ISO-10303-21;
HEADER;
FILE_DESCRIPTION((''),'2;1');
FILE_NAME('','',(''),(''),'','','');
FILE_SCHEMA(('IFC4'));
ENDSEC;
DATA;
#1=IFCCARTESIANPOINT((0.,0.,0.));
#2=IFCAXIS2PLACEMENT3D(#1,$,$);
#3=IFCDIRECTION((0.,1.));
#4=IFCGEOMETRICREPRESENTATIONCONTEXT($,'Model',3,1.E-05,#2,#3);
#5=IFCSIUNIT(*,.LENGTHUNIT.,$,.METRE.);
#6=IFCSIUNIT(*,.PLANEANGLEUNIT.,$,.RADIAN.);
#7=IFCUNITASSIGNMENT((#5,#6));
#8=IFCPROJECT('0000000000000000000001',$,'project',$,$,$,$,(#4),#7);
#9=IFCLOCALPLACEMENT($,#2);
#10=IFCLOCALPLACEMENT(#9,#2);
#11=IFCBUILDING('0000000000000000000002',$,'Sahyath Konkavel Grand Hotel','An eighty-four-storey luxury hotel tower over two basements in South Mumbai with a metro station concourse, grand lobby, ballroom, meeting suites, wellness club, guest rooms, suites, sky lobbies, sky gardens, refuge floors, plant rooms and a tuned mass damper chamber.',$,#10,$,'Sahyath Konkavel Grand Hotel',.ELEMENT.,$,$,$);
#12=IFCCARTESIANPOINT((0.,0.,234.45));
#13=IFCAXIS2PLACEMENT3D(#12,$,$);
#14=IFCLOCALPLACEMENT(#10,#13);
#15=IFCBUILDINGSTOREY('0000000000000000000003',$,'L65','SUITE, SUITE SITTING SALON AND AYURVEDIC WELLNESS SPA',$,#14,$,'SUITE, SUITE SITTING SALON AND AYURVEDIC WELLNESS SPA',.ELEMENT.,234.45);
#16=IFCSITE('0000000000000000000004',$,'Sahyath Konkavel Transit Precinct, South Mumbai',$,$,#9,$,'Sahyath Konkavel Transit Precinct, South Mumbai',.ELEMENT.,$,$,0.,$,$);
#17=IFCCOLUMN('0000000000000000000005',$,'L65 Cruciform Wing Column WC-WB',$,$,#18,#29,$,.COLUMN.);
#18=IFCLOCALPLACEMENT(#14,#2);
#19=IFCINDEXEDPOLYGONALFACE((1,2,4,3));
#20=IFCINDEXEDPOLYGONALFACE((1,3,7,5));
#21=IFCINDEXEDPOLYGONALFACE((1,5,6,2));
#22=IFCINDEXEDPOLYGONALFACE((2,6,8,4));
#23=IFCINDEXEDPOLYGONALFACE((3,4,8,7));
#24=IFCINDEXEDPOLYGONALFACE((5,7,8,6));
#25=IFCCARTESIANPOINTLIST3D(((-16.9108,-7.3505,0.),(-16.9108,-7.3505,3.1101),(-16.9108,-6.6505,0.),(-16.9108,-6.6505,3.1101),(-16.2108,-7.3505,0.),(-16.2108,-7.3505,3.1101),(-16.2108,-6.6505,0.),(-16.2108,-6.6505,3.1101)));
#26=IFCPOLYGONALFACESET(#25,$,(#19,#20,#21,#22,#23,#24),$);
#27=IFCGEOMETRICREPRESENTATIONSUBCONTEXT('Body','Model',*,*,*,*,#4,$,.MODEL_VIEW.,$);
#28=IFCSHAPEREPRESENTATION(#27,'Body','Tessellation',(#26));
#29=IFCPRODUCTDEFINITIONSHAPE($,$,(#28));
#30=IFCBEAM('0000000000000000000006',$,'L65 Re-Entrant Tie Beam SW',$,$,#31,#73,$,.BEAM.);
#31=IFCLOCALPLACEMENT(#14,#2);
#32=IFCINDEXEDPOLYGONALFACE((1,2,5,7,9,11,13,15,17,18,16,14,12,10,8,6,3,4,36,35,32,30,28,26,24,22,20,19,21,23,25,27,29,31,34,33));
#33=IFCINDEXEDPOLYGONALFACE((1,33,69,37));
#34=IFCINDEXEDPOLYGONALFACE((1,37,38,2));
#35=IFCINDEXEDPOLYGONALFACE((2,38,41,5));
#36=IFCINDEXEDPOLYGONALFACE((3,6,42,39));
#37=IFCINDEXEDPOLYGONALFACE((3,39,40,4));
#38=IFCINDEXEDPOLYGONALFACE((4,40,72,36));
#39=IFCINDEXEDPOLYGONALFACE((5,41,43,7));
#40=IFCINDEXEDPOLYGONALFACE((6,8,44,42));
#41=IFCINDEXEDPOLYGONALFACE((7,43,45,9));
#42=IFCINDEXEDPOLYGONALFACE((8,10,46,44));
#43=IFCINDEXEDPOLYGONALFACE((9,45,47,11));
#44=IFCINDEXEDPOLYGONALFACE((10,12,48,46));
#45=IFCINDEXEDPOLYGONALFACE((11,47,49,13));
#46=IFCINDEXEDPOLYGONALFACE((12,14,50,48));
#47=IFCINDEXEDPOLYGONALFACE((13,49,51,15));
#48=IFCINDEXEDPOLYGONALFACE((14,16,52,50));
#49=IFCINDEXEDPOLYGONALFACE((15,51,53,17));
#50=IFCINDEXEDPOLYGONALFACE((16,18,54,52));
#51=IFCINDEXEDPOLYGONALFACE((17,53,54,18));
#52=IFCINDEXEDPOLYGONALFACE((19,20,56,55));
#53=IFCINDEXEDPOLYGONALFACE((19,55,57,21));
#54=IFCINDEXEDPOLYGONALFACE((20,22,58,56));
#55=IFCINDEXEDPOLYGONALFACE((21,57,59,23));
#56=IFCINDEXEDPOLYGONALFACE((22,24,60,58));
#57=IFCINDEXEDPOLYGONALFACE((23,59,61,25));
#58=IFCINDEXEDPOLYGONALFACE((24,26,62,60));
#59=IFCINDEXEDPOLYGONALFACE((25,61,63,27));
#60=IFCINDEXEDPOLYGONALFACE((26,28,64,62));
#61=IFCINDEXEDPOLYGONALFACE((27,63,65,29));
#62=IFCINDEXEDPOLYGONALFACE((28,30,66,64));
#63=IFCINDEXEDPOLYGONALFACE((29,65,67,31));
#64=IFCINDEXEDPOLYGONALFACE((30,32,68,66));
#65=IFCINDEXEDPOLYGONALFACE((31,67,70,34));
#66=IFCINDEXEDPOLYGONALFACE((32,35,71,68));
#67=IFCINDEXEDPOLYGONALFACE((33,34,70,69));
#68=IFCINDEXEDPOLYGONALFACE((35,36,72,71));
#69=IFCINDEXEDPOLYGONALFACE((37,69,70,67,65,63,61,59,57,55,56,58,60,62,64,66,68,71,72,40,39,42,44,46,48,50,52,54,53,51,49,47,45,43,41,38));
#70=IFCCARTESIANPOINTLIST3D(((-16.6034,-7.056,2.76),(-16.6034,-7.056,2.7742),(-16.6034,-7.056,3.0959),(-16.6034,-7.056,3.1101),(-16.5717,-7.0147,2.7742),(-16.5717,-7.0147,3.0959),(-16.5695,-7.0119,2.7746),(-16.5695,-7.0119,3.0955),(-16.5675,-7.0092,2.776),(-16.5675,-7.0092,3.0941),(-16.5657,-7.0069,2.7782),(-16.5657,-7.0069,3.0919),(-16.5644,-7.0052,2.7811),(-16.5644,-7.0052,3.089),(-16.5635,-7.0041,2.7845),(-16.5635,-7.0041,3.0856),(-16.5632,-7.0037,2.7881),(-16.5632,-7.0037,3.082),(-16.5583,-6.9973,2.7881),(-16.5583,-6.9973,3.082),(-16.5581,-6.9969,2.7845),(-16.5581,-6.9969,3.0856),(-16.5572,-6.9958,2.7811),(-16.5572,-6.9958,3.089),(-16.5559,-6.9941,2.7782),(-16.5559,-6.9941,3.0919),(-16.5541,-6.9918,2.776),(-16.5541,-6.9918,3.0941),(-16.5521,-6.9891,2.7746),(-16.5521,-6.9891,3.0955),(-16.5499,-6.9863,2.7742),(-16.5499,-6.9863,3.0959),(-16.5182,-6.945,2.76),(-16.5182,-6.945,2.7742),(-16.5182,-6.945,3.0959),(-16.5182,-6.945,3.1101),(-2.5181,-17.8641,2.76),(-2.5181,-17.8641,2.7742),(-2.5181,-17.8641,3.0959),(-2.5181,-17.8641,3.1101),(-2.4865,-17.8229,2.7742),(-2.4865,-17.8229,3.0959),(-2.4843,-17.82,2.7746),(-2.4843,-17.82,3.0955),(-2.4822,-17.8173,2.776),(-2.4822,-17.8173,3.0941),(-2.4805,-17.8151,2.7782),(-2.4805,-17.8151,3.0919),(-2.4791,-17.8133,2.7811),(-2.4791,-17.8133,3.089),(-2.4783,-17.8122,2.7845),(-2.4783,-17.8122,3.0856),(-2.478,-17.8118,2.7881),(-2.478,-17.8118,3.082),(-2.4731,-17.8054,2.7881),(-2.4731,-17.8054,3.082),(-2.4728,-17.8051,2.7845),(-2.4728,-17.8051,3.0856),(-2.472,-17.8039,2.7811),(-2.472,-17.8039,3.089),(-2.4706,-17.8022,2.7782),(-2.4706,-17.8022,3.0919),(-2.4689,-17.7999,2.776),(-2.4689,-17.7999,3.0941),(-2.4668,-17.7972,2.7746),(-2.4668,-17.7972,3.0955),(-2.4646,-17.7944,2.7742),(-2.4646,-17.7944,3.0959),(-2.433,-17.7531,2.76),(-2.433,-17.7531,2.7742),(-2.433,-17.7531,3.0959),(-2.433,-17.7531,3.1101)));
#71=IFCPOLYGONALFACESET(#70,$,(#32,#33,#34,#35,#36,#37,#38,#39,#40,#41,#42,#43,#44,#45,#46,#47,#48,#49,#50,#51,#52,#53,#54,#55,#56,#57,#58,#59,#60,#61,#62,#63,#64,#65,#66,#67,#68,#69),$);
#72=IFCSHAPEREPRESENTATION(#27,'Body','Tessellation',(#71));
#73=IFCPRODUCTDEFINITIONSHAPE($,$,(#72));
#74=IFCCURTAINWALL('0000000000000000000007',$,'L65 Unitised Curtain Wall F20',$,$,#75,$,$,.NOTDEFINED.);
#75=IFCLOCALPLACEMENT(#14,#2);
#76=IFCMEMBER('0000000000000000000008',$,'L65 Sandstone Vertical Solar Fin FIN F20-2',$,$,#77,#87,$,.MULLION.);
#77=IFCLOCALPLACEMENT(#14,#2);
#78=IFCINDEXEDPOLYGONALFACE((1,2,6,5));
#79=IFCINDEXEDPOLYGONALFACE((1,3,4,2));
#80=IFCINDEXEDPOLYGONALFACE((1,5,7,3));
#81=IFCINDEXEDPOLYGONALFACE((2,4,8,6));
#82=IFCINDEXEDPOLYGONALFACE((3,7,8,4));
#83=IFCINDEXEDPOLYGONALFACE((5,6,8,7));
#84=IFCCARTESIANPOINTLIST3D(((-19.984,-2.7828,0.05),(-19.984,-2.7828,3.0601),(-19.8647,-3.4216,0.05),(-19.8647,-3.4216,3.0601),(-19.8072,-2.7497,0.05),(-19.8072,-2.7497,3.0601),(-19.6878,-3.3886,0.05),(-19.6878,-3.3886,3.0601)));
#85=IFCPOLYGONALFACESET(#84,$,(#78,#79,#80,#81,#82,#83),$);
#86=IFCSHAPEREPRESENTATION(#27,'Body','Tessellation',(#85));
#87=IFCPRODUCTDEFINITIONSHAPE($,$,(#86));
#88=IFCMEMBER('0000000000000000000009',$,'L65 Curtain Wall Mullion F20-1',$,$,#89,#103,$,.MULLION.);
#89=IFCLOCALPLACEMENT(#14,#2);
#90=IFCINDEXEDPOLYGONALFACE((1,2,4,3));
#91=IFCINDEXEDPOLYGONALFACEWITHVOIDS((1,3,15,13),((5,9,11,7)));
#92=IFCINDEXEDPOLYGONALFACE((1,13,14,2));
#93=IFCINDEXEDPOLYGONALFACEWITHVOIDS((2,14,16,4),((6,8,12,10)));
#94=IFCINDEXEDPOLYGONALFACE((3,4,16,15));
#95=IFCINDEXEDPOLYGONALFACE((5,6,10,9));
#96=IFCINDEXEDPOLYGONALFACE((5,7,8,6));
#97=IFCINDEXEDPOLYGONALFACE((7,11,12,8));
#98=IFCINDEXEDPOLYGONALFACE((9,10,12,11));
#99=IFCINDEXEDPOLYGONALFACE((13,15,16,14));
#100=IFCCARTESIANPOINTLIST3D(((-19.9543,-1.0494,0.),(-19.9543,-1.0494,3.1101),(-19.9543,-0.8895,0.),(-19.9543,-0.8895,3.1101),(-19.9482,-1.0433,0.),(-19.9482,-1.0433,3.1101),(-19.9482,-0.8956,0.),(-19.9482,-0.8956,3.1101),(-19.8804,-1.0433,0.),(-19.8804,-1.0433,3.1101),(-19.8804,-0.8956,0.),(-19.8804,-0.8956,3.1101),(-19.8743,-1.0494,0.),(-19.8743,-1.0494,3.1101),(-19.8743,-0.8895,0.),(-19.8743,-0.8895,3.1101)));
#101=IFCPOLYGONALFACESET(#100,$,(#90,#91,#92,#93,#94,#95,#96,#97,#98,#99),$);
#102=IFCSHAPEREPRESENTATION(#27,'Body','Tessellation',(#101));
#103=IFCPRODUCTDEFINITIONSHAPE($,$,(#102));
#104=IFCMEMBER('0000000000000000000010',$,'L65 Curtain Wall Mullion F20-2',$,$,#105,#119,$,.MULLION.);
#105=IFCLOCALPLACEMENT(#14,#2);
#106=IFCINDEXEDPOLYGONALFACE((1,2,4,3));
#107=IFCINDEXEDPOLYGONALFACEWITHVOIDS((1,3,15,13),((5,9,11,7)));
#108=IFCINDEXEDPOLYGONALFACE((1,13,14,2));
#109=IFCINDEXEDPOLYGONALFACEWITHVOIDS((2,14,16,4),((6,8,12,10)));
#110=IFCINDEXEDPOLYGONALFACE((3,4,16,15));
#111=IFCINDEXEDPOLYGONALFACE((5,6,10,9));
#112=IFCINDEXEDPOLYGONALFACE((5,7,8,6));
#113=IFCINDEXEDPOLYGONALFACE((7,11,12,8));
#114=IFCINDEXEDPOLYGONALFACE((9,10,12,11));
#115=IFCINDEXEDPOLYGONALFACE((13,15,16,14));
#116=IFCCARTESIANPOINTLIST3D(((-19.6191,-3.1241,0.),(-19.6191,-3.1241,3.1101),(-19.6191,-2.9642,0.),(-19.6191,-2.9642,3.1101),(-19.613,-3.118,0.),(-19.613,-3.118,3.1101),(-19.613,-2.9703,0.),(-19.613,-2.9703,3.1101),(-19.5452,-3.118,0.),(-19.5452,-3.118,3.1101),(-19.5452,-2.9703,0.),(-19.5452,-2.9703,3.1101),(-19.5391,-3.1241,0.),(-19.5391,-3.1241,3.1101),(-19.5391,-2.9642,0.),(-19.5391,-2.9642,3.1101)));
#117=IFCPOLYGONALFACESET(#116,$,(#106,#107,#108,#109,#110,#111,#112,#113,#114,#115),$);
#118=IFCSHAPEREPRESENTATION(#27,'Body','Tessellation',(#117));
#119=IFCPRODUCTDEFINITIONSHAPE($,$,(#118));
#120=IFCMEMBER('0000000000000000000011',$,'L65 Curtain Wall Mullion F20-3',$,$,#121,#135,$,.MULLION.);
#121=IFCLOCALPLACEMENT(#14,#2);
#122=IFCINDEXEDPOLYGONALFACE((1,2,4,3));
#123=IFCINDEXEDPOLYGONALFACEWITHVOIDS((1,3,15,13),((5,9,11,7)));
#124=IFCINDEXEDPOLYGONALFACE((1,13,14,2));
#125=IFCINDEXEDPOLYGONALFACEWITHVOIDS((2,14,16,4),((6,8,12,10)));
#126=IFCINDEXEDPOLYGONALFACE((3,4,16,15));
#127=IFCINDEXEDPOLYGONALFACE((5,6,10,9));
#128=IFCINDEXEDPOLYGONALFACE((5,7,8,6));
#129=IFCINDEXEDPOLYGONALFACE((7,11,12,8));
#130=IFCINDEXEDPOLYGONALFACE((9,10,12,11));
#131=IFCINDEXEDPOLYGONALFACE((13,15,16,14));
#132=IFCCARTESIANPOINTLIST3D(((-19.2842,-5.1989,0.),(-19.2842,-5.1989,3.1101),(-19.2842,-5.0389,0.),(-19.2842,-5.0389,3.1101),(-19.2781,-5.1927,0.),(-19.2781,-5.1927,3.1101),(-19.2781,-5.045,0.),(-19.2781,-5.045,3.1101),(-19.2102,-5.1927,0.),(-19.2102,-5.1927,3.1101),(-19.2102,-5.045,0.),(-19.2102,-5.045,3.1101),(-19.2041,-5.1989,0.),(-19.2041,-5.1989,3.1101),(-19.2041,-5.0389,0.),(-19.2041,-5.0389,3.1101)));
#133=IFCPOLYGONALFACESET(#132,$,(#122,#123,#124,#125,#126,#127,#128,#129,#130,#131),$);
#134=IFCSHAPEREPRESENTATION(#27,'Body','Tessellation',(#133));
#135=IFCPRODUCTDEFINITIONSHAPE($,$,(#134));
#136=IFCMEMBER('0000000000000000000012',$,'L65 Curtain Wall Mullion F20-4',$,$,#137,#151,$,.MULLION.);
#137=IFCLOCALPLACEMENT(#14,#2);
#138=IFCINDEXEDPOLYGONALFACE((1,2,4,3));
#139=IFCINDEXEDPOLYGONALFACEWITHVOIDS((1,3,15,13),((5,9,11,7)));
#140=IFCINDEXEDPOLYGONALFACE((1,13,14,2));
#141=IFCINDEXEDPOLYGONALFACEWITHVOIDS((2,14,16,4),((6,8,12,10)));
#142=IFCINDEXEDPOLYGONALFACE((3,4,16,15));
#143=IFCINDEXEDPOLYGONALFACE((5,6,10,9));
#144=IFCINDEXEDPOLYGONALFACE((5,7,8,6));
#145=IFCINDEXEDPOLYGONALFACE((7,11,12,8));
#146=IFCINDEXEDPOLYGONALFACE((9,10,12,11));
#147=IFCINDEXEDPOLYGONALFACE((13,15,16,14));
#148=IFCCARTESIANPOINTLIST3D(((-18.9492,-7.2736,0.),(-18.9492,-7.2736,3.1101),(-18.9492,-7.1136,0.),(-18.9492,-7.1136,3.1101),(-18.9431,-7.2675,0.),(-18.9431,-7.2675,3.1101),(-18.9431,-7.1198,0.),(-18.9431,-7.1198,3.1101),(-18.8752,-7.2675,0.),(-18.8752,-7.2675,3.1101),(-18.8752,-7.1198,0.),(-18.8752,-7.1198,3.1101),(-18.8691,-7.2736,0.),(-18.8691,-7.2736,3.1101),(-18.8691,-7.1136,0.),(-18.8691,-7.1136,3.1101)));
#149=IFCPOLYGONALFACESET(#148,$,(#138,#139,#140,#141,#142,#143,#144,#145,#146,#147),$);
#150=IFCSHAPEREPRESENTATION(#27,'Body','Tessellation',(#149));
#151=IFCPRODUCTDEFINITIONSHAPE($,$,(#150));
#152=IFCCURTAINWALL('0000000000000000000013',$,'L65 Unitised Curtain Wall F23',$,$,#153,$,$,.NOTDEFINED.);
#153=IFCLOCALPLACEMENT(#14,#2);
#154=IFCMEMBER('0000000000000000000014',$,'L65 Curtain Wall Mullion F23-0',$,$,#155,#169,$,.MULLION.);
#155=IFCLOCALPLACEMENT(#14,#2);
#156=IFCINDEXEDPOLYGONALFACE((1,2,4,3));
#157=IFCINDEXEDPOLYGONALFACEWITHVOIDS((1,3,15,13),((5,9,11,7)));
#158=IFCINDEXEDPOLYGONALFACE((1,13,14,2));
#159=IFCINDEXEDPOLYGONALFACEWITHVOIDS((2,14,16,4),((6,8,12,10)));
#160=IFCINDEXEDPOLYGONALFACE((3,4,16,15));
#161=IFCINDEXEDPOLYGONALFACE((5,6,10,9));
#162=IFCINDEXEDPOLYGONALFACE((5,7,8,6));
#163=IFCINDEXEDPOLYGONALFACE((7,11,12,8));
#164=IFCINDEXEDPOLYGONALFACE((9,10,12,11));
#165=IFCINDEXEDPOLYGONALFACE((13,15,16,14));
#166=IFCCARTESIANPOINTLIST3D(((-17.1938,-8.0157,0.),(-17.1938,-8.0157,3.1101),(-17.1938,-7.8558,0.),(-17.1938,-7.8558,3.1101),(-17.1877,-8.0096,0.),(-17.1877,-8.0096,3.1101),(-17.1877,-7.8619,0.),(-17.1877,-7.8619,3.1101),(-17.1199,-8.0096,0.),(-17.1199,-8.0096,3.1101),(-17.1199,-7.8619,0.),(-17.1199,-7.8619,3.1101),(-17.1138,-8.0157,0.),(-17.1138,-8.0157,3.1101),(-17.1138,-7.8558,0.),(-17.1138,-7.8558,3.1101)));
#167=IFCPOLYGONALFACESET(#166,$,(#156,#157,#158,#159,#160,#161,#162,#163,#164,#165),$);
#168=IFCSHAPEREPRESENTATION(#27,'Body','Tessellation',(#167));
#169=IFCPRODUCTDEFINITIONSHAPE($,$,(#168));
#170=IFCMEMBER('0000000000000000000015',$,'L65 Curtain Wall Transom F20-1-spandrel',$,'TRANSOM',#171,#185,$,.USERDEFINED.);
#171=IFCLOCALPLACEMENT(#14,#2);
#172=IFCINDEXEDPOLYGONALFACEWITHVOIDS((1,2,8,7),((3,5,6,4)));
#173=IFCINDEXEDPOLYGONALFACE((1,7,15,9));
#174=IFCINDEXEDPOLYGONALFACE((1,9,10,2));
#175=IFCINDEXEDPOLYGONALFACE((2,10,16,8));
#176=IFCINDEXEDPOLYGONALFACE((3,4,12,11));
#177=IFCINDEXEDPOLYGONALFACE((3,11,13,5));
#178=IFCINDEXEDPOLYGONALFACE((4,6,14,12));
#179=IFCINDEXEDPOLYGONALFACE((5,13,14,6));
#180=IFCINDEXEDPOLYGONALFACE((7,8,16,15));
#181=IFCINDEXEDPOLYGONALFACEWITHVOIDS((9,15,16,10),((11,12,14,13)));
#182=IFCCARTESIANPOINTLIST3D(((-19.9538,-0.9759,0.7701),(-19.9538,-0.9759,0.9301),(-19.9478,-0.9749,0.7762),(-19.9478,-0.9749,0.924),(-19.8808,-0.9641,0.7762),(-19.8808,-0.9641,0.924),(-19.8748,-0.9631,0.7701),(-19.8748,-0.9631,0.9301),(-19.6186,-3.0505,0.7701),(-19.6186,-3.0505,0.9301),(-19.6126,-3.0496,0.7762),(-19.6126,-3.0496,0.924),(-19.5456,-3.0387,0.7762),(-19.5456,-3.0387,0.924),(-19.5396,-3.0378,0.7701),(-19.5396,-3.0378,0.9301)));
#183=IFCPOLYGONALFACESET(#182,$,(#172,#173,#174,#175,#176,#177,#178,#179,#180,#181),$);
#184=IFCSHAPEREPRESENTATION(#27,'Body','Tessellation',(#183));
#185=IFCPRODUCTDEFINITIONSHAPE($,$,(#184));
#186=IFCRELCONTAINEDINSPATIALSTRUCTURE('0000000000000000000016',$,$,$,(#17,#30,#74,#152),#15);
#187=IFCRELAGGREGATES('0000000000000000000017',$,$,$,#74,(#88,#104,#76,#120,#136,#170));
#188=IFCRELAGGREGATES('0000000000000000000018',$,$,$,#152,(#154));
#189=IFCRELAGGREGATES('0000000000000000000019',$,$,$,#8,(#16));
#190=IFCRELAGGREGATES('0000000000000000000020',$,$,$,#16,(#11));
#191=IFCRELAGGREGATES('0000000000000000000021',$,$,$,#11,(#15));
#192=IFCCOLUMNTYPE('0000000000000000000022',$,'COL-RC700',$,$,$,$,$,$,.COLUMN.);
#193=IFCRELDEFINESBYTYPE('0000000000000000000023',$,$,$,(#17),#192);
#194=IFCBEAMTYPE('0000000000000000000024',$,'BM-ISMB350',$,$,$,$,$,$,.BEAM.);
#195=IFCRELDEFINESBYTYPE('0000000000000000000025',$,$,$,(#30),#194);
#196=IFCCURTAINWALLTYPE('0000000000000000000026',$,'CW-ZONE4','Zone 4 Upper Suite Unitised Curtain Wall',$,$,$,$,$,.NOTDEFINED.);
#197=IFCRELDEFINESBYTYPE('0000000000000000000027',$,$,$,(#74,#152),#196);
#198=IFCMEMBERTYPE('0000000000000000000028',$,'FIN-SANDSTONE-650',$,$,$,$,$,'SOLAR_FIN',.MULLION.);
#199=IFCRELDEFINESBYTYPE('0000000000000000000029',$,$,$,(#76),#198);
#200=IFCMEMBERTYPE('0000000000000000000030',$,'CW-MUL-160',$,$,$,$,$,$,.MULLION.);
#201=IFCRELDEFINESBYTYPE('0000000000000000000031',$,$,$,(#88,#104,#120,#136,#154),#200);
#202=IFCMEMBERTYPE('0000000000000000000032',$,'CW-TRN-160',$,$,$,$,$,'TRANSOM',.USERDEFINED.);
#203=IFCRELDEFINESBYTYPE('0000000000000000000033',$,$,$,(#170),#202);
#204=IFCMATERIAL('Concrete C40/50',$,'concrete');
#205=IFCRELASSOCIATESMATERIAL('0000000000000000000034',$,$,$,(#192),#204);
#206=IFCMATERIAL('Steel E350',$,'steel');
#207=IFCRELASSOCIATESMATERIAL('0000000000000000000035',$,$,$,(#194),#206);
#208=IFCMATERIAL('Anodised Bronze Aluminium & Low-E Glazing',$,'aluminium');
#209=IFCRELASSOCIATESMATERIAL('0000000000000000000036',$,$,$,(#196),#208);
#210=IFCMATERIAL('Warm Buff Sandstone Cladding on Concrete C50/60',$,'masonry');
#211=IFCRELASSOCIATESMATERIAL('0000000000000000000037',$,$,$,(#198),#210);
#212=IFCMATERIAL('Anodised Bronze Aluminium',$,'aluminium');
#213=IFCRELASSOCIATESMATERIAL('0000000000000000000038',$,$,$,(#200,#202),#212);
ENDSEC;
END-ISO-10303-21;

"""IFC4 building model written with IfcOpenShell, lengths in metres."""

from ifc_helpers import new_model, si_unit, direction, frame, origin, origin_2d, place, context, subcontext, project, spatial, rectangle, hollow_rectangle, i_section, extrude, source, transform, mapped, material, material_profile, profile_set, type_object, element, aggregate, save


model = new_model("IFC4")

# Units and contexts
model_context = context("Model", 3, precision=1e-05, world=origin(), true_north=direction((0.0, 1.0)))
body_context = subcontext(model_context, "Body", "Model", "MODEL_VIEW")
ifc_project = project(units=[si_unit("LENGTHUNIT", "METRE"), si_unit("PLANEANGLEUNIT", "RADIAN")], contexts=[model_context])

# Site, building, storey
site_placement = place(None, origin())
site = spatial("IfcSite", under=ifc_project, at=site_placement, Name="Sahyath Konkavel Transit Precinct, South Mumbai", LongName="Sahyath Konkavel Transit Precinct, South Mumbai", CompositionType="ELEMENT", RefElevation=0.0)
building_placement = place(site_placement, origin())
building = spatial("IfcBuilding", under=site, at=building_placement, Name="Sahyath Konkavel Grand Hotel", Description="An eighty-four-storey luxury hotel tower over two basements in South Mumbai with a metro station concourse, grand lobby, ballroom, meeting suites, wellness club, guest rooms, suites, sky lobbies, sky gardens, refuge floors, plant rooms and a tuned mass damper chamber.", LongName="Sahyath Konkavel Grand Hotel", CompositionType="ELEMENT")
storey_placement = place(building_placement, frame((0.0, 0.0, 234.45)))
storey = spatial("IfcBuildingStorey", under=building, at=storey_placement, Name="L65", Description="SUITE, SUITE SITTING SALON AND AYURVEDIC WELLNESS SPA", LongName="SUITE, SUITE SITTING SALON AND AYURVEDIC WELLNESS SPA", CompositionType="ELEMENT", Elevation=234.45)

# Column
ifc_material_1 = material(Name="Concrete C40/50", Category="concrete")
ifc_material_profile_1 = material_profile(ifc_material_1, rectangle(XDim=0.7, YDim=0.7, at=origin_2d()), Name="RC 700x700")
ifc_profile_set_1 = profile_set([ifc_material_profile_1], Name="Concrete C40/50")
column_type = type_object("IfcColumnType", Name="COL-RC700", PredefinedType="COLUMN", material=ifc_profile_set_1)
shared_shape_1 = source(origin(), body_context, "Body", "SweptSolid", [
    extrude(rectangle(XDim=0.7, YDim=0.7, at=origin_2d()), origin(), (0.0, 0.0, 1.0), 3.1101),
])
column_placement = place(storey_placement, frame((-16.5608, -7.0005, 0.0), z_axis=(0.0, 0.0, 1.0), x_axis=(1.0, 0.0, 0.0)))
element("IfcColumn", 1, at=column_placement, inside=storey, type_object=column_type, Name="L65 Cruciform Wing Column WC-WB", PredefinedType="COLUMN", context=body_context, shape_type="MappedRepresentation", body=[
    mapped(shared_shape_1, transform((0.0, 0.0, 0.0), scale=1.0)),
])

# Beam
ifc_material_2 = material(Name="Steel E350", Category="steel")
ifc_material_profile_2 = material_profile(ifc_material_2, i_section(OverallWidth=0.1399, OverallDepth=0.3501, WebThickness=0.0081, FlangeThickness=0.0142, FilletRadius=0.0139, at=origin_2d()), Name="ISMB 350")
ifc_profile_set_2 = profile_set([ifc_material_profile_2], Name="Steel E350")
beam_type = type_object("IfcBeamType", Name="BM-ISMB350", PredefinedType="BEAM", material=ifc_profile_set_2)
shared_shape_2 = source(origin(), body_context, "Body", "SweptSolid", [
    extrude(i_section(OverallWidth=0.1399, OverallDepth=0.3501, WebThickness=0.0081, FlangeThickness=0.0142, FilletRadius=0.0139, at=origin_2d()), origin(), (0.0, 0.0, 1.0), 17.7542),
])
beam_placement = place(storey_placement, frame((-16.5608, -7.0005, 2.9351), z_axis=(0.793349, -0.608767, 0.0), x_axis=(0.608767, 0.793349, 0.0)))
element("IfcBeam", 2, at=beam_placement, inside=storey, type_object=beam_type, Name="L65 Re-Entrant Tie Beam SW", PredefinedType="BEAM", context=body_context, shape_type="MappedRepresentation", body=[
    mapped(shared_shape_2, transform((0.0, 0.0, 0.0), scale=1.0)),
])

# Curtain wall, members
ifc_material_3 = material(Name="Anodised Bronze Aluminium & Low-E Glazing", Category="aluminium")
curtain_wall_type = type_object("IfcCurtainWallType", Name="CW-ZONE4", Description="Zone 4 Upper Suite Unitised Curtain Wall", PredefinedType="NOTDEFINED", material=ifc_material_3)
curtain_wall_1_placement = place(storey_placement, origin())
curtain_wall_1 = element("IfcCurtainWall", 3, at=curtain_wall_1_placement, inside=storey, type_object=curtain_wall_type, Name="L65 Unitised Curtain Wall F20", PredefinedType="NOTDEFINED")
ifc_material_4 = material(Name="Warm Buff Sandstone Cladding on Concrete C50/60", Category="masonry")
ifc_material_profile_3 = material_profile(ifc_material_4, rectangle(XDim=0.1799, YDim=0.6499, at=origin_2d()), Name="FIN 180x650")
ifc_profile_set_3 = profile_set([ifc_material_profile_3], Name="Warm Buff Sandstone Cladding on Concrete C50/60")
member_type_1 = type_object("IfcMemberType", Name="FIN-SANDSTONE-650", ElementType="SOLAR_FIN", PredefinedType="MULLION", material=ifc_profile_set_3)
shared_shape_3 = source(origin(), body_context, "Body", "SweptSolid", [
    extrude(rectangle(XDim=0.1799, YDim=0.6499, at=origin_2d()), origin(), (0.0, 0.0, 1.0), 3.01),
])
member_1_placement = place(storey_placement, frame((-19.8359, -3.0857, 0.05), z_axis=(0.0, 0.0, 1.0), x_axis=(0.983, 0.183608, 0.0)))
member_1 = element("IfcMember", 4, at=member_1_placement, type_object=member_type_1, Name="L65 Sandstone Vertical Solar Fin FIN F20-2", PredefinedType="MULLION", context=body_context, shape_type="MappedRepresentation", body=[
    mapped(shared_shape_3, transform((0.0, 0.0, 0.0), scale=1.0)),
])
ifc_material_5 = material(Name="Anodised Bronze Aluminium", Category="aluminium")
ifc_material_profile_4 = material_profile(ifc_material_5, hollow_rectangle(XDim=0.0801, YDim=0.1599, WallThickness=0.0061, at=origin_2d()), Name="RHS 160x80x6")
ifc_profile_set_4 = profile_set([ifc_material_profile_4], Name="Anodised Bronze Aluminium")
member_type_2 = type_object("IfcMemberType", Name="CW-MUL-160", PredefinedType="MULLION", material=ifc_profile_set_4)
shared_shape_4 = source(origin(), body_context, "Body", "SweptSolid", [
    extrude(hollow_rectangle(XDim=0.0801, YDim=0.1599, WallThickness=0.0061, at=origin_2d()), origin(), (0.0, 0.0, 1.0), 3.1101),
])
member_2_placement = place(storey_placement, frame((-19.9143, -0.9695, 0.0), z_axis=(0.0, 0.0, 1.0), x_axis=(1.0, 0.0, 0.0)))
member_2 = element("IfcMember", 5, at=member_2_placement, type_object=member_type_2, Name="L65 Curtain Wall Mullion F20-1", PredefinedType="MULLION", context=body_context, shape_type="MappedRepresentation", body=[
    mapped(shared_shape_4, transform((0.0, 0.0, 0.0), scale=1.0)),
])
member_3_placement = place(storey_placement, frame((-19.5791, -3.0442, 0.0), z_axis=(0.0, 0.0, 1.0), x_axis=(1.0, 0.0, 0.0)))
member_3 = element("IfcMember", 6, at=member_3_placement, type_object=member_type_2, Name="L65 Curtain Wall Mullion F20-2", PredefinedType="MULLION", context=body_context, shape_type="MappedRepresentation", body=[
    mapped(shared_shape_4, transform((0.0, 0.0, 0.0), scale=1.0)),
])
member_4_placement = place(storey_placement, frame((-19.2441, -5.1189, 0.0), z_axis=(0.0, 0.0, 1.0), x_axis=(1.0, 0.0, 0.0)))
member_4 = element("IfcMember", 7, at=member_4_placement, type_object=member_type_2, Name="L65 Curtain Wall Mullion F20-3", PredefinedType="MULLION", context=body_context, shape_type="MappedRepresentation", body=[
    mapped(shared_shape_4, transform((0.0, 0.0, 0.0), scale=1.0)),
])
member_5_placement = place(storey_placement, frame((-18.9092, -7.1936, 0.0), z_axis=(0.0, 0.0, 1.0), x_axis=(1.0, 0.0, 0.0)))
member_5 = element("IfcMember", 8, at=member_5_placement, type_object=member_type_2, Name="L65 Curtain Wall Mullion F20-4", PredefinedType="MULLION", context=body_context, shape_type="MappedRepresentation", body=[
    mapped(shared_shape_4, transform((0.0, 0.0, 0.0), scale=1.0)),
])

# Curtain wall, member
curtain_wall_2_placement = place(storey_placement, origin())
curtain_wall_2 = element("IfcCurtainWall", 9, at=curtain_wall_2_placement, inside=storey, type_object=curtain_wall_type, Name="L65 Unitised Curtain Wall F23", PredefinedType="NOTDEFINED")
member_6_placement = place(storey_placement, frame((-17.1538, -7.9358, 0.0), z_axis=(0.0, 0.0, 1.0), x_axis=(1.0, 0.0, 0.0)))
member_6 = element("IfcMember", 10, at=member_6_placement, type_object=member_type_2, Name="L65 Curtain Wall Mullion F23-0", PredefinedType="MULLION", context=body_context, shape_type="MappedRepresentation", body=[
    mapped(shared_shape_4, transform((0.0, 0.0, 0.0), scale=1.0)),
])

# Member
ifc_material_profile_5 = material_profile(ifc_material_5, hollow_rectangle(XDim=0.0801, YDim=0.1599, WallThickness=0.0061, at=origin_2d()), Name="RHS 160x80x6")
ifc_profile_set_5 = profile_set([ifc_material_profile_5], Name="Anodised Bronze Aluminium")
member_type_3 = type_object("IfcMemberType", Name="CW-TRN-160", ElementType="TRANSOM", PredefinedType="USERDEFINED", material=ifc_profile_set_5)
shared_shape_5 = source(origin(), body_context, "Body", "SweptSolid", [
    extrude(hollow_rectangle(XDim=0.0801, YDim=0.1599, WallThickness=0.0061, at=origin_2d()), origin(), (0.0, 0.0, 1.0), 2.1016),
])
member_7_placement = place(storey_placement, frame((-19.9143, -0.9695, 0.8501), z_axis=(0.159499, -0.987198, 0.0), x_axis=(0.987198, 0.159499, 0.0)))
member_7 = element("IfcMember", 11, at=member_7_placement, type_object=member_type_3, Name="L65 Curtain Wall Transom F20-1-spandrel", ObjectType="TRANSOM", PredefinedType="USERDEFINED", context=body_context, shape_type="MappedRepresentation", body=[
    mapped(shared_shape_5, transform((0.0, 0.0, 0.0), scale=1.0)),
])

aggregate(curtain_wall_1, [member_2, member_3, member_1, member_4, member_5, member_7])
aggregate(curtain_wall_2, [member_6])

save(model, "model.ifc")
